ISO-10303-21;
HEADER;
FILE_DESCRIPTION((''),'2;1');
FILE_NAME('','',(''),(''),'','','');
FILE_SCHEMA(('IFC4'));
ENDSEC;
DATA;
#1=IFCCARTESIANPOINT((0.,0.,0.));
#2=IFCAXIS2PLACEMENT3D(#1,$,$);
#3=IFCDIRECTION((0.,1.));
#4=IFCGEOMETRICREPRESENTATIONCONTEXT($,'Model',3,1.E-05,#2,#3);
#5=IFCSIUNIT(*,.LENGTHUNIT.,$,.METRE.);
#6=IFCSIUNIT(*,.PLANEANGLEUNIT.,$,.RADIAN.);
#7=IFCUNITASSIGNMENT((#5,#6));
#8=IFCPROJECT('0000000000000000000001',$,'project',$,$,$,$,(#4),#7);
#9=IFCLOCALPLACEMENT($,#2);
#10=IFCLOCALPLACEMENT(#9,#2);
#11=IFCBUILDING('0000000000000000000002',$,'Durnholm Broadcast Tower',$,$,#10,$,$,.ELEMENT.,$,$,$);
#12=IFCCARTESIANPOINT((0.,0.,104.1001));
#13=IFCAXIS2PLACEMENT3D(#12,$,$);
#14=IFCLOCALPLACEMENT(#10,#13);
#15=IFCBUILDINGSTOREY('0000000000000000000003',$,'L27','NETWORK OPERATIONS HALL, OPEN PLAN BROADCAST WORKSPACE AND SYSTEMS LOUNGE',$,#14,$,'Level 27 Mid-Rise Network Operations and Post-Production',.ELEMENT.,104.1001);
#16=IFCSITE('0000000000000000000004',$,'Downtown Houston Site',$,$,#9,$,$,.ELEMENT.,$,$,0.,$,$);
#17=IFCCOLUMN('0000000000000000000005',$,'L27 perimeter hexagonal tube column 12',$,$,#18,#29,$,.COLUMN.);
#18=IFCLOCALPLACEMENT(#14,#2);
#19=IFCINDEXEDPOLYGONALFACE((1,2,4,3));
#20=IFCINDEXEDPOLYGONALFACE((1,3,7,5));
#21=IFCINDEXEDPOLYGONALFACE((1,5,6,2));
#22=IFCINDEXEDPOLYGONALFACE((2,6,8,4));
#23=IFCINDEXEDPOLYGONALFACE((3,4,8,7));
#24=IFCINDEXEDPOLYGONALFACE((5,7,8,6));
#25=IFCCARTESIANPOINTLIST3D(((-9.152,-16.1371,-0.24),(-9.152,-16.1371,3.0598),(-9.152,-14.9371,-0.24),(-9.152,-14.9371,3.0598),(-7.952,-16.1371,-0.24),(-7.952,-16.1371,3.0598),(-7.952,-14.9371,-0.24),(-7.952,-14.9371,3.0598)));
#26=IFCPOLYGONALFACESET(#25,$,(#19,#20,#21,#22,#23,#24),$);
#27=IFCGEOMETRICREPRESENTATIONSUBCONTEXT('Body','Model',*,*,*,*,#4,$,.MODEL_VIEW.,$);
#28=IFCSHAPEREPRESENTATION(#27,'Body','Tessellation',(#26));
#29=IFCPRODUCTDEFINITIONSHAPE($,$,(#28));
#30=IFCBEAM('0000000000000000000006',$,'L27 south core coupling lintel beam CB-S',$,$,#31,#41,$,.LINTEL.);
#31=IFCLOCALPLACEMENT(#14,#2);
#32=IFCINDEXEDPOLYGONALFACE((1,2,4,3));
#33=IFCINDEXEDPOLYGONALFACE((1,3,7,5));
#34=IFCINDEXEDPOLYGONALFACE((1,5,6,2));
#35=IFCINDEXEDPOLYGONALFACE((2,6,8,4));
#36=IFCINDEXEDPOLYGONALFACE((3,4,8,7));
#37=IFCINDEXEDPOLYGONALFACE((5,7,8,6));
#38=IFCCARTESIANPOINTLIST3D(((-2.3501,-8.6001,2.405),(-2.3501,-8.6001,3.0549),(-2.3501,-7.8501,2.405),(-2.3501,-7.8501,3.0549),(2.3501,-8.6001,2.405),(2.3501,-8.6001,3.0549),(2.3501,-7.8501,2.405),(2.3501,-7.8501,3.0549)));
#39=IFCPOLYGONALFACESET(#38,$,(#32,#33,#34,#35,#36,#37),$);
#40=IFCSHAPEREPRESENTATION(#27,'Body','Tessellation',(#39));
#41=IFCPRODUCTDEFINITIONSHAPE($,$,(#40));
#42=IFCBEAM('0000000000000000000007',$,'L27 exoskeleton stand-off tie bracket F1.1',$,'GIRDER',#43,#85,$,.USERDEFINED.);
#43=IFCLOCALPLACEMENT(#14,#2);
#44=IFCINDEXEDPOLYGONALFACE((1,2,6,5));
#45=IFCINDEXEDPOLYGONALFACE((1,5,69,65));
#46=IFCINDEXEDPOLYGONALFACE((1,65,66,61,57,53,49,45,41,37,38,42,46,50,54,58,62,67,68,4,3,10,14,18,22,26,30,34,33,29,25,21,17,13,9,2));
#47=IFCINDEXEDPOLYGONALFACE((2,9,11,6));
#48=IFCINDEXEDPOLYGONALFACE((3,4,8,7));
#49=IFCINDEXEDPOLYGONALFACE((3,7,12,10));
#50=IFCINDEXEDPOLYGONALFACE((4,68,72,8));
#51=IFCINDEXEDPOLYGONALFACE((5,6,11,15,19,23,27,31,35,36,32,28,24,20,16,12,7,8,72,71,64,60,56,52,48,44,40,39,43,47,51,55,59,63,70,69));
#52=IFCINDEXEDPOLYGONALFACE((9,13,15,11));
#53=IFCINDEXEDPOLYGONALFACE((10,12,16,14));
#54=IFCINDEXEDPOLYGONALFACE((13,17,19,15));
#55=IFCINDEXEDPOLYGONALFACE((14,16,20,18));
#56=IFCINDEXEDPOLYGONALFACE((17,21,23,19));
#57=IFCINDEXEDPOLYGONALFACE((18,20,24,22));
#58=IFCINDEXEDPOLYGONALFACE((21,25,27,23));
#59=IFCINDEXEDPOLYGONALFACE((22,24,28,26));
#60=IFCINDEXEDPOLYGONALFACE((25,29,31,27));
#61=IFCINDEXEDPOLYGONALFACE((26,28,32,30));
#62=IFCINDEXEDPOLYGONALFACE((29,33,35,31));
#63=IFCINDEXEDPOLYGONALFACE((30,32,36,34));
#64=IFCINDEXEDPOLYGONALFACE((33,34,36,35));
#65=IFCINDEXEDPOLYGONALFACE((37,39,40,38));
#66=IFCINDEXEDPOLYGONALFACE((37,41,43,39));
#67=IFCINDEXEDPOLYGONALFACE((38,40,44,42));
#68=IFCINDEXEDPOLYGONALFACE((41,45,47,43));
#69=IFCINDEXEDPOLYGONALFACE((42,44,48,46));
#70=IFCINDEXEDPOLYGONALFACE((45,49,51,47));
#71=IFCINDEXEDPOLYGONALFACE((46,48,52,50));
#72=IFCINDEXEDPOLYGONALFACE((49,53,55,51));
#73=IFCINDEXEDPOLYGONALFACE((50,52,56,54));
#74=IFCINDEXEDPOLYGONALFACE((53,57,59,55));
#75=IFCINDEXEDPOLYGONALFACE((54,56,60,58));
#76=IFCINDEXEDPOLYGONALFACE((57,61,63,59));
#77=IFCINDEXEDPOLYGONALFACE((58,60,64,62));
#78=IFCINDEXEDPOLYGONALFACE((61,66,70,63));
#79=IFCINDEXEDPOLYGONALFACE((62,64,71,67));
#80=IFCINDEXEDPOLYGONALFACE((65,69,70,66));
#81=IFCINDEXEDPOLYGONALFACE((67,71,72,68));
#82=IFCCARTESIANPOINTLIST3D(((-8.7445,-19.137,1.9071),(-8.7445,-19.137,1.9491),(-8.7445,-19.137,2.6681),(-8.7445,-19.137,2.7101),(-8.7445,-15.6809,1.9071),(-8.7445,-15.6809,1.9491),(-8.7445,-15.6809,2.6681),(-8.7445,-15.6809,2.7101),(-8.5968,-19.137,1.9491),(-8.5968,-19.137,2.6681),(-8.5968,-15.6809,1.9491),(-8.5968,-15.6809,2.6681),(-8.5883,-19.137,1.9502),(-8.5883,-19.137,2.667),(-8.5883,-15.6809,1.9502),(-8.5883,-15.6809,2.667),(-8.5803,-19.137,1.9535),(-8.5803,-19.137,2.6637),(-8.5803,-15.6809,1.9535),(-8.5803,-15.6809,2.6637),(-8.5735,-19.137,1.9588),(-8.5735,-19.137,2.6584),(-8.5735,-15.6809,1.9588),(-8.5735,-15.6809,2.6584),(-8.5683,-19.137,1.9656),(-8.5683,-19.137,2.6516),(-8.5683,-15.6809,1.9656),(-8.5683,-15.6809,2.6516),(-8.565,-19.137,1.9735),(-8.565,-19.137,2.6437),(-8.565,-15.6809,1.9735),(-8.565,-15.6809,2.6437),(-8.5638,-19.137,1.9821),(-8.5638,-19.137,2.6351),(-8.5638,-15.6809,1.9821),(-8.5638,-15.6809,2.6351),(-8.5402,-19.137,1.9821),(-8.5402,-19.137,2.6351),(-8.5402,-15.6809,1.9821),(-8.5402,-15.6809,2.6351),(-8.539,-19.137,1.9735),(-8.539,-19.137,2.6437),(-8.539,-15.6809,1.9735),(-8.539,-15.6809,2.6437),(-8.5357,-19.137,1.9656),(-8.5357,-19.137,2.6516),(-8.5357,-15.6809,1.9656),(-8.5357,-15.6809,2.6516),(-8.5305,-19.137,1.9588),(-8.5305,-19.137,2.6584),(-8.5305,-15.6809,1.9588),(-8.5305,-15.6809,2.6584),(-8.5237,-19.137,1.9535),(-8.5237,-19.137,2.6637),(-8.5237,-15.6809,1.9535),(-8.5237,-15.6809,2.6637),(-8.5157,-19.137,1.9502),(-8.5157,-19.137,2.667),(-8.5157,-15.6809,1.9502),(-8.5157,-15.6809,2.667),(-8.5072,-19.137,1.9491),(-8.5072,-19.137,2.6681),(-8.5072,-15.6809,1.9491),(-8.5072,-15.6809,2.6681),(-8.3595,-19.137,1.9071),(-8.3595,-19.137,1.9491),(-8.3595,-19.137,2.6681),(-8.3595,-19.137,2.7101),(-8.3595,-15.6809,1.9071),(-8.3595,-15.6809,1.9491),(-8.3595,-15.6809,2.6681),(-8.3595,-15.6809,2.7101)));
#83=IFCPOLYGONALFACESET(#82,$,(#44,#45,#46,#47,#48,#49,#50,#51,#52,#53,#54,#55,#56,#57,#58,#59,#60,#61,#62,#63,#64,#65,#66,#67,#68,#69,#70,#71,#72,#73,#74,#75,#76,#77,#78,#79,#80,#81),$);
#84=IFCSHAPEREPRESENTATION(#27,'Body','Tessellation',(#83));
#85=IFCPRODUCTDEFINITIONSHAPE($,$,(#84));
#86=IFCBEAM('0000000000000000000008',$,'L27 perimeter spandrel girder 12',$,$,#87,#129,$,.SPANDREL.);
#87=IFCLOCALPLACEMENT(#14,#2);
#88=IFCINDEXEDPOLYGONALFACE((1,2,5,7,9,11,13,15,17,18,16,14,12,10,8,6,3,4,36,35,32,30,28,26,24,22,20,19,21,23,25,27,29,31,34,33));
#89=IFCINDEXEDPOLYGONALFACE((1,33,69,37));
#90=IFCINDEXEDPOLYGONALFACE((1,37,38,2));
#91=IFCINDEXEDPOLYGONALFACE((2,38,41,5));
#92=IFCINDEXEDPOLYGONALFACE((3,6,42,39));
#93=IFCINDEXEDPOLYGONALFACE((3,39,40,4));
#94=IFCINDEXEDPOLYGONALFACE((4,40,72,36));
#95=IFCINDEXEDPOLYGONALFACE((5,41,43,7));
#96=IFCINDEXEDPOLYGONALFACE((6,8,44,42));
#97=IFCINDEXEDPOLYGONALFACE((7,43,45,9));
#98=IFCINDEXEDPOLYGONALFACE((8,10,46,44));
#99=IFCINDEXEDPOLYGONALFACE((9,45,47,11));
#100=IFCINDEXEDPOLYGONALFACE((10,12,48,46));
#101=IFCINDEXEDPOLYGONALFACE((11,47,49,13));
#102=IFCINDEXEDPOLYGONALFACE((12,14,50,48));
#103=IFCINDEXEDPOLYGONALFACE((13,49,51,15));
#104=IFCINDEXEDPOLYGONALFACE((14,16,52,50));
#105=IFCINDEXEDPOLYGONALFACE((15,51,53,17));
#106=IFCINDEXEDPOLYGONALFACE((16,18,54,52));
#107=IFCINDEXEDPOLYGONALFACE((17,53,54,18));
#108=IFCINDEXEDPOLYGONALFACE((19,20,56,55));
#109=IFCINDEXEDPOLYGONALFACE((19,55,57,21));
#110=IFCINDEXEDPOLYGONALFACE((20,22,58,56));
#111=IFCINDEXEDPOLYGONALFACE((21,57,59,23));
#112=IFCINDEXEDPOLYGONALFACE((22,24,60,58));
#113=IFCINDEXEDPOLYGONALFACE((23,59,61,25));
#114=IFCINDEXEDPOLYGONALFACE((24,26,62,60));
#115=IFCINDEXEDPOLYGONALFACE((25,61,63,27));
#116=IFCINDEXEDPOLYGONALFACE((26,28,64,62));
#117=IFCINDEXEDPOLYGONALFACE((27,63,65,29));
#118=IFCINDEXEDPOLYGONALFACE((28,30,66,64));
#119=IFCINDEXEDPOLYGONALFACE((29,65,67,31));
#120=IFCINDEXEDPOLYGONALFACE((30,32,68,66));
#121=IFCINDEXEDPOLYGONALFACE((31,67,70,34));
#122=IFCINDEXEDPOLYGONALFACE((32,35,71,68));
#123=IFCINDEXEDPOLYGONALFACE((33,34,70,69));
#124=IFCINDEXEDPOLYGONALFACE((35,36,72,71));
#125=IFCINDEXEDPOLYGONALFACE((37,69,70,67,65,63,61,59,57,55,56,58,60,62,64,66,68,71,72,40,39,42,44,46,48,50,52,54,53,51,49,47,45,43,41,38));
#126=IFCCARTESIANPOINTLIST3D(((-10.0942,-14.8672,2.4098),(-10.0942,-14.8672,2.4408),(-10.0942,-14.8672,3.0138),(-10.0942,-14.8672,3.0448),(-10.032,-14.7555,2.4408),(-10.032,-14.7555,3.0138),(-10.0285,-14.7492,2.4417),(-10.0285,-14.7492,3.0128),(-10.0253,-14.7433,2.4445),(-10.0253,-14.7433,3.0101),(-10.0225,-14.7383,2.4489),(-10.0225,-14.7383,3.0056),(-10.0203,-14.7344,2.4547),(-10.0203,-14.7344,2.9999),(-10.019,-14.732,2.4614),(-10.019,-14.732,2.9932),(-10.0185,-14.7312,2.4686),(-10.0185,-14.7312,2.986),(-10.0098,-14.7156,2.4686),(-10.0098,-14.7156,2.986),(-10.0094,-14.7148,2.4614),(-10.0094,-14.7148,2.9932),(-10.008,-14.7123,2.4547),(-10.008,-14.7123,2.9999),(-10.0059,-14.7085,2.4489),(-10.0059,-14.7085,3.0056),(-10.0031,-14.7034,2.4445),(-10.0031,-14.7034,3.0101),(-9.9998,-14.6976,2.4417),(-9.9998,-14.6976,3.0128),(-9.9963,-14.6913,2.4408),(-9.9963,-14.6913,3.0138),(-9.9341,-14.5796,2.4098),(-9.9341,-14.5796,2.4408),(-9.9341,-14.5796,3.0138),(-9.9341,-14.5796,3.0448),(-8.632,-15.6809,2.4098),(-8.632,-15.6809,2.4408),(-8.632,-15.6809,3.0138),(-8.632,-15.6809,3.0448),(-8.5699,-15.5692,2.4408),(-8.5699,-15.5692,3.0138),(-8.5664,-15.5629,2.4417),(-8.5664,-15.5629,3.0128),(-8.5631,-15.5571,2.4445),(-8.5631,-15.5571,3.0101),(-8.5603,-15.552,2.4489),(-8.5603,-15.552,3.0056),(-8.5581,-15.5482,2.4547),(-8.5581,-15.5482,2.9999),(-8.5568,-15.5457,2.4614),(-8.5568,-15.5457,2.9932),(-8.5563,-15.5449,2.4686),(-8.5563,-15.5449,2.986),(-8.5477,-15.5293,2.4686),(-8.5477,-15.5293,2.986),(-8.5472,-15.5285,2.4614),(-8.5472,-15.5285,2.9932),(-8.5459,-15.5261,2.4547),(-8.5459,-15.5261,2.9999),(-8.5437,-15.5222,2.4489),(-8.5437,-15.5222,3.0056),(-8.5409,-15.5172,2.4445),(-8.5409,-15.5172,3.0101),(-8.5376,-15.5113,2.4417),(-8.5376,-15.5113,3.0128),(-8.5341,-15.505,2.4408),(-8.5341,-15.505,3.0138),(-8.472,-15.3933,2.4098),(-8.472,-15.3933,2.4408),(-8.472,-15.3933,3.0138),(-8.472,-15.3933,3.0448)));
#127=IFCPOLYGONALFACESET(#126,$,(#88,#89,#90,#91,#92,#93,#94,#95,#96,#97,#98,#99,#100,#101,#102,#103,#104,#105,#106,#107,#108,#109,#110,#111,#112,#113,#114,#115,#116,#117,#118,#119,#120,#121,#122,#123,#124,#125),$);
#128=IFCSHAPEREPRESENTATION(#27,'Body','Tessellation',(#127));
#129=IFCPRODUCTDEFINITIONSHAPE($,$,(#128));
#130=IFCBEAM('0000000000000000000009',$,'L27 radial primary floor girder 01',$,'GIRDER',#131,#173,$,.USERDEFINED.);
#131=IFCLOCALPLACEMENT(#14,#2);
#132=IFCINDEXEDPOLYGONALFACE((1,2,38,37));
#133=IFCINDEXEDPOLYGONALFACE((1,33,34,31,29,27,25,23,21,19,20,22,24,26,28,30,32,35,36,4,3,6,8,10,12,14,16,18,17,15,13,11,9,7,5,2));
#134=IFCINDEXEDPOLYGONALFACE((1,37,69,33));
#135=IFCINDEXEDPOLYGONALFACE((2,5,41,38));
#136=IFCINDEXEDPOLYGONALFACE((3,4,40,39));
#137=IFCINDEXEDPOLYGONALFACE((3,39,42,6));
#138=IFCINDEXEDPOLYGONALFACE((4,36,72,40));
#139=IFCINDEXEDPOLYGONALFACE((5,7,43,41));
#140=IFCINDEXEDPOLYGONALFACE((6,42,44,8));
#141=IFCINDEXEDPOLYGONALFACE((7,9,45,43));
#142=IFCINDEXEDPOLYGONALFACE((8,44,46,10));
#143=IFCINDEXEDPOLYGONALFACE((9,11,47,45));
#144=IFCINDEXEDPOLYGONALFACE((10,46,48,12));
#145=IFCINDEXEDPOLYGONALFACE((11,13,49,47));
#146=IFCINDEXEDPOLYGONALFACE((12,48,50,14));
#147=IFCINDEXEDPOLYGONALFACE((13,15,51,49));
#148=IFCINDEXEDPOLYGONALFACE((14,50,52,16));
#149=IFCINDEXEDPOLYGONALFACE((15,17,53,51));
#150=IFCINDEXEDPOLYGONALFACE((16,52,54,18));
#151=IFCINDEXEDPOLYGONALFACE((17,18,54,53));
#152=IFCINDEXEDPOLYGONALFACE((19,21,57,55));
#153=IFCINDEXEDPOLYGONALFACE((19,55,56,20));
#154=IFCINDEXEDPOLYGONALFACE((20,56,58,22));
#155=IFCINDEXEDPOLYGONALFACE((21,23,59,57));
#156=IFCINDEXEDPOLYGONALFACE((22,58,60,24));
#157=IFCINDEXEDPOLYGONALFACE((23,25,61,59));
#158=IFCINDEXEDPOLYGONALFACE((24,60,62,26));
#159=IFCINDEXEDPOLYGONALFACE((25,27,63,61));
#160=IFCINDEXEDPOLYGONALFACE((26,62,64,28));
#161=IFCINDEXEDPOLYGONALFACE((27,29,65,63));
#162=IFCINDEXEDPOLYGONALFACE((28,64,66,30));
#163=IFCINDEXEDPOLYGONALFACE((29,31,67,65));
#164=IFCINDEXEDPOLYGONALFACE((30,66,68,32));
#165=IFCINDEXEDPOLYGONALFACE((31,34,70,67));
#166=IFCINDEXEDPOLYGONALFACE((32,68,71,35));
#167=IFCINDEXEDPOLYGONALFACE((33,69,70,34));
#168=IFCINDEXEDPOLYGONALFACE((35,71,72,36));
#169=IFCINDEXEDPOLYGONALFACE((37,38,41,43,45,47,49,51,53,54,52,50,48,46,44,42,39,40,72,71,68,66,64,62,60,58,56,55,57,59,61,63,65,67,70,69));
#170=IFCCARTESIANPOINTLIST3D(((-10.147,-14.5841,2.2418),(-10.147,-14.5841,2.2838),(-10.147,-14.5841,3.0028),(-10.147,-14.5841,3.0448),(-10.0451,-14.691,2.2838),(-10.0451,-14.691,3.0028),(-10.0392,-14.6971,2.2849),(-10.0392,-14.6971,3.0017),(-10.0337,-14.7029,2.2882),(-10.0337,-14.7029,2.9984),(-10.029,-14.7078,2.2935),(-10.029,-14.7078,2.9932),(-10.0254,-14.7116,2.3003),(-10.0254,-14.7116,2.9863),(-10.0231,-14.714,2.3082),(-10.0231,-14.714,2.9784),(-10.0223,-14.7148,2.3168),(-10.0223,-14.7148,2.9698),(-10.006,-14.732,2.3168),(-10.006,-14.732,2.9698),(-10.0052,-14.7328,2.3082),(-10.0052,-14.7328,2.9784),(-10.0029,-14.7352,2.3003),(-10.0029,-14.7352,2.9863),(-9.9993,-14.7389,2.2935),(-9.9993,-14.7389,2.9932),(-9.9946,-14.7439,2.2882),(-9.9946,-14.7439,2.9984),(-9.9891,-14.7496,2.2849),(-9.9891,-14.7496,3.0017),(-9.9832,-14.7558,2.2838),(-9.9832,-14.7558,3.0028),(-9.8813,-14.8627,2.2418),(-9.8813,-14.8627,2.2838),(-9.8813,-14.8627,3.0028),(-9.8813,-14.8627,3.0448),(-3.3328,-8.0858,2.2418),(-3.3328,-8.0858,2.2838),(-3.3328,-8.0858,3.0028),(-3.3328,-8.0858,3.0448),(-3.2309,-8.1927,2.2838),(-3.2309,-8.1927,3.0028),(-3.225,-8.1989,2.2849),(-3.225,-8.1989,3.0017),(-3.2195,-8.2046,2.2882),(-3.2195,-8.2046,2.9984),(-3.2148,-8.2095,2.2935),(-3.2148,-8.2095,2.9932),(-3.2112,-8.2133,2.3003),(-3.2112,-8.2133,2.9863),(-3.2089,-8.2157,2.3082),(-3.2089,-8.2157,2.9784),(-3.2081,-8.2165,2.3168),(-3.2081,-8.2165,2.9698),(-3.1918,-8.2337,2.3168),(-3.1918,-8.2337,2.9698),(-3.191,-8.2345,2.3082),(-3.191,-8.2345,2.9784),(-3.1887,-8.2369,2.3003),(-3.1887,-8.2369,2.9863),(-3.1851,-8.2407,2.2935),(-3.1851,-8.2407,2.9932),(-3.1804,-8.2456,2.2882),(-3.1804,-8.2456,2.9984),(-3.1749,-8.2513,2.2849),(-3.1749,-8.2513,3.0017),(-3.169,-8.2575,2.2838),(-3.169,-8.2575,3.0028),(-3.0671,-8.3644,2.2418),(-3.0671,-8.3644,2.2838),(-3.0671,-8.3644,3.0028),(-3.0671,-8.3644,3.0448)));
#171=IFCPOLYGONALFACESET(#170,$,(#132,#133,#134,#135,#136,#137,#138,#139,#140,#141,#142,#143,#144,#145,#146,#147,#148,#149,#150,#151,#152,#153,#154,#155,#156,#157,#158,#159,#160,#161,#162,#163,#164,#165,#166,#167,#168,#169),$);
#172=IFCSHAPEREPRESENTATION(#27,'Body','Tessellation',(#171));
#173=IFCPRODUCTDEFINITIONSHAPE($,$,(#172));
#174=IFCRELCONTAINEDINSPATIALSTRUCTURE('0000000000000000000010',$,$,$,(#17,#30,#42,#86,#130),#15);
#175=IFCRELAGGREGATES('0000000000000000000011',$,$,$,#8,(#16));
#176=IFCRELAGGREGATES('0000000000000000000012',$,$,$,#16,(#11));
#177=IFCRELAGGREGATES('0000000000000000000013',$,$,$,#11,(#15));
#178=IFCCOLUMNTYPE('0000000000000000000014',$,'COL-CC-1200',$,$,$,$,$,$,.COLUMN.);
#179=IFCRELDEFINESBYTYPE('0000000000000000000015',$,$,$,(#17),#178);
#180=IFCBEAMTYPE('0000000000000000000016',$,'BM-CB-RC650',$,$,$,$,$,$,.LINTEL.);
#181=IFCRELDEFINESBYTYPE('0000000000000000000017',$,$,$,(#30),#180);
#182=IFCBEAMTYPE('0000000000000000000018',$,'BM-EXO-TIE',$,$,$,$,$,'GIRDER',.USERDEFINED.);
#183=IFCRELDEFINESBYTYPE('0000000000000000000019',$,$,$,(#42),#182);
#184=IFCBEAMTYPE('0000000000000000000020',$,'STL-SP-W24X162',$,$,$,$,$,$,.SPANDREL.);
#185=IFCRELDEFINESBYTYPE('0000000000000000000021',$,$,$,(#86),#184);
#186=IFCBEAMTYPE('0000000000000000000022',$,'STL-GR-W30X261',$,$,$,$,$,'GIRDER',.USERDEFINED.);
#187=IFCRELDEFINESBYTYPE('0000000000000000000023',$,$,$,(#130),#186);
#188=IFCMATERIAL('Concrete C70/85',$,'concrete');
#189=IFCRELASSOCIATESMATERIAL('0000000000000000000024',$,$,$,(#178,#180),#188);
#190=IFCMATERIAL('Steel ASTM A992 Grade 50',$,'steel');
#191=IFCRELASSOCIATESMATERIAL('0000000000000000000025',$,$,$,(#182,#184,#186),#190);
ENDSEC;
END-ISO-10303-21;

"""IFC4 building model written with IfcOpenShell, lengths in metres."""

from ifc_helpers import new_model, si_unit, direction, frame, origin, origin_2d, place, context, subcontext, project, spatial, rectangle, i_section, extrude, source, transform, mapped, material, material_profile, profile_set, type_object, type_shapes, element, save


model = new_model("IFC4")

# Units and contexts
model_context = context("Model", 3, precision=1e-05, world=origin(), true_north=direction((0.0, 1.0)))
body_context = subcontext(model_context, "Body", "Model", "MODEL_VIEW")
ifc_project = project(units=[si_unit("LENGTHUNIT", "METRE"), si_unit("PLANEANGLEUNIT", "RADIAN")], contexts=[model_context])

# Site, building, storey
site_placement = place(None, origin())
site = spatial("IfcSite", under=ifc_project, at=site_placement, Name="Downtown Houston Site", CompositionType="ELEMENT", RefElevation=0.0)
building_placement = place(site_placement, origin())
building = spatial("IfcBuilding", under=site, at=building_placement, Name="Durnholm Broadcast Tower", CompositionType="ELEMENT")
storey_placement = place(building_placement, frame((0.0, 0.0, 104.1001)))
storey = spatial("IfcBuildingStorey", under=building, at=storey_placement, Name="L27", Description="NETWORK OPERATIONS HALL, OPEN PLAN BROADCAST WORKSPACE AND SYSTEMS LOUNGE", LongName="Level 27 Mid-Rise Network Operations and Post-Production", CompositionType="ELEMENT", Elevation=104.1001)

# Column
ifc_material_1 = material(Name="Concrete C70/85", Category="concrete")
ifc_material_profile_1 = material_profile(ifc_material_1, rectangle(XDim=1.2, YDim=1.2, at=origin_2d()), Name="RC1200X1200")
ifc_profile_set_1 = profile_set([ifc_material_profile_1], Name="Concrete C70/85")
column_type = type_object("IfcColumnType", Name="COL-CC-1200", PredefinedType="COLUMN", material=ifc_profile_set_1)
shared_shape_1 = source(origin(), body_context, "Body", "SweptSolid", [
    extrude(rectangle(XDim=1.2, YDim=1.2, at=origin_2d()), origin(), (0.0, 0.0, 1.0), 3.2998),
])
type_shapes(column_type, [shared_shape_1])
column_placement = place(storey_placement, frame((-8.552, -15.5371, -0.24), z_axis=(0.0, 0.0, 1.0), x_axis=(1.0, 0.0, 0.0)))
element("IfcColumn", 1, at=column_placement, inside=storey, type_object=column_type, Name="L27 perimeter hexagonal tube column 12", PredefinedType="COLUMN", context=body_context, shape_type="MappedRepresentation", body=[
    mapped(shared_shape_1, transform((0.0, 0.0, 0.0), x_axis=(1.0, 0.0, 0.0), y_axis=(0.0, 1.0, 0.0), z_axis=(0.0, 0.0, 1.0), scale=1.0)),
])

# Beams
ifc_material_profile_2 = material_profile(ifc_material_1, rectangle(XDim=0.75, YDim=0.6499, at=origin_2d()), Name="RC750X650")
ifc_profile_set_2 = profile_set([ifc_material_profile_2], Name="Concrete C70/85")
beam_type_1 = type_object("IfcBeamType", Name="BM-CB-RC650", PredefinedType="LINTEL", material=ifc_profile_set_2)
shared_shape_2 = source(origin(), body_context, "Body", "SweptSolid", [
    extrude(rectangle(XDim=0.75, YDim=0.6499, at=origin_2d()), origin(), (0.0, 0.0, 1.0), 4.7002),
])
type_shapes(beam_type_1, [shared_shape_2])
beam_1_placement = place(storey_placement, frame((-2.3501, -8.2251, 2.73), z_axis=(1.0, 0.0, 0.0), x_axis=(0.0, 1.0, 0.0)))
element("IfcBeam", 2, at=beam_1_placement, inside=storey, type_object=beam_type_1, Name="L27 south core coupling lintel beam CB-S", PredefinedType="LINTEL", context=body_context, shape_type="MappedRepresentation", body=[
    mapped(shared_shape_2, transform((0.0, 0.0, 0.0), x_axis=(1.0, 0.0, 0.0), y_axis=(0.0, 1.0, 0.0), z_axis=(0.0, 0.0, 1.0), scale=1.0)),
])
ifc_material_2 = material(Name="Steel ASTM A992 Grade 50", Category="steel")
ifc_material_profile_3 = material_profile(ifc_material_2, i_section(OverallWidth=0.385, OverallDepth=0.803, WebThickness=0.0237, FlangeThickness=0.042, FilletRadius=0.033, at=origin_2d()), Name="W30X261")
ifc_profile_set_3 = profile_set([ifc_material_profile_3], Name="Steel ASTM A992 Grade 50")
beam_type_2 = type_object("IfcBeamType", Name="BM-EXO-TIE", ElementType="GIRDER", PredefinedType="USERDEFINED", material=ifc_profile_set_3)
shared_shape_3 = source(origin(), body_context, "Body", "SweptSolid", [
    extrude(i_section(OverallWidth=0.385, OverallDepth=0.803, WebThickness=0.0237, FlangeThickness=0.042, FilletRadius=0.033, at=origin_2d()), origin(), (0.0, 0.0, 1.0), 3.4561),
])
beam_2_placement = place(storey_placement, frame((-8.552, -15.6809, 2.3086), z_axis=(0.0, -1.0, 0.0), x_axis=(1.0, 0.0, 0.0)))
element("IfcBeam", 3, at=beam_2_placement, inside=storey, type_object=beam_type_2, Name="L27 exoskeleton stand-off tie bracket F1.1", ObjectType="GIRDER", PredefinedType="USERDEFINED", context=body_context, shape_type="MappedRepresentation", body=[
    mapped(shared_shape_3, transform((0.0, 0.0, 0.0), x_axis=(1.0, 0.0, 0.0), y_axis=(0.0, 1.0, 0.0), z_axis=(0.0, 0.0, 1.0), scale=1.0)),
])
ifc_material_profile_4 = material_profile(ifc_material_2, i_section(OverallWidth=0.3291, OverallDepth=0.635, WebThickness=0.0178, FlangeThickness=0.031, FilletRadius=0.0278, at=origin_2d()), Name="W24X162")
ifc_profile_set_4 = profile_set([ifc_material_profile_4], Name="Steel ASTM A992 Grade 50")
beam_type_3 = type_object("IfcBeamType", Name="STL-SP-W24X162", PredefinedType="SPANDREL", material=ifc_profile_set_4)
shared_shape_4 = source(origin(), body_context, "Body", "SweptSolid", [
    extrude(i_section(OverallWidth=0.3291, OverallDepth=0.635, WebThickness=0.0178, FlangeThickness=0.031, FilletRadius=0.0278, at=origin_2d()), origin(), (0.0, 0.0, 1.0), 1.6733),
])
type_shapes(beam_type_3, [shared_shape_4])
beam_3_placement = place(storey_placement, frame((-8.552, -15.5371, 2.7273), z_axis=(-0.873799, 0.486287, 0.0), x_axis=(-0.486287, -0.873799, 0.0)))
element("IfcBeam", 4, at=beam_3_placement, inside=storey, type_object=beam_type_3, Name="L27 perimeter spandrel girder 12", PredefinedType="SPANDREL", context=body_context, shape_type="MappedRepresentation", body=[
    mapped(shared_shape_4, transform((0.0, 0.0, 0.0), x_axis=(1.0, 0.0, 0.0), y_axis=(0.0, 1.0, 0.0), z_axis=(0.0, 0.0, 1.0), scale=1.0)),
])
ifc_material_profile_5 = material_profile(ifc_material_2, i_section(OverallWidth=0.385, OverallDepth=0.803, WebThickness=0.0237, FlangeThickness=0.042, FilletRadius=0.033, at=origin_2d()), Name="W30X261")
ifc_profile_set_5 = profile_set([ifc_material_profile_5], Name="Steel ASTM A992 Grade 50")
beam_type_4 = type_object("IfcBeamType", Name="STL-GR-W30X261", ElementType="GIRDER", PredefinedType="USERDEFINED", material=ifc_profile_set_5)
shared_shape_5 = source(origin(), body_context, "Body", "SweptSolid", [
    extrude(i_section(OverallWidth=0.385, OverallDepth=0.803, WebThickness=0.0237, FlangeThickness=0.042, FilletRadius=0.033, at=origin_2d()), origin(), (0.0, 0.0, 1.0), 9.416),
])
beam_4_placement = place(storey_placement, frame((-3.2, -8.2251, 2.6433), z_axis=(-0.723683, -0.690132, 0.0), x_axis=(0.690132, -0.723683, 0.0)))
element("IfcBeam", 5, at=beam_4_placement, inside=storey, type_object=beam_type_4, Name="L27 radial primary floor girder 01", ObjectType="GIRDER", PredefinedType="USERDEFINED", context=body_context, shape_type="MappedRepresentation", body=[
    mapped(shared_shape_5, transform((0.0, 0.0, 0.0), x_axis=(1.0, 0.0, 0.0), y_axis=(0.0, 1.0, 0.0), z_axis=(0.0, 0.0, 1.0), scale=1.0)),
])

save(model, "model.ifc")
